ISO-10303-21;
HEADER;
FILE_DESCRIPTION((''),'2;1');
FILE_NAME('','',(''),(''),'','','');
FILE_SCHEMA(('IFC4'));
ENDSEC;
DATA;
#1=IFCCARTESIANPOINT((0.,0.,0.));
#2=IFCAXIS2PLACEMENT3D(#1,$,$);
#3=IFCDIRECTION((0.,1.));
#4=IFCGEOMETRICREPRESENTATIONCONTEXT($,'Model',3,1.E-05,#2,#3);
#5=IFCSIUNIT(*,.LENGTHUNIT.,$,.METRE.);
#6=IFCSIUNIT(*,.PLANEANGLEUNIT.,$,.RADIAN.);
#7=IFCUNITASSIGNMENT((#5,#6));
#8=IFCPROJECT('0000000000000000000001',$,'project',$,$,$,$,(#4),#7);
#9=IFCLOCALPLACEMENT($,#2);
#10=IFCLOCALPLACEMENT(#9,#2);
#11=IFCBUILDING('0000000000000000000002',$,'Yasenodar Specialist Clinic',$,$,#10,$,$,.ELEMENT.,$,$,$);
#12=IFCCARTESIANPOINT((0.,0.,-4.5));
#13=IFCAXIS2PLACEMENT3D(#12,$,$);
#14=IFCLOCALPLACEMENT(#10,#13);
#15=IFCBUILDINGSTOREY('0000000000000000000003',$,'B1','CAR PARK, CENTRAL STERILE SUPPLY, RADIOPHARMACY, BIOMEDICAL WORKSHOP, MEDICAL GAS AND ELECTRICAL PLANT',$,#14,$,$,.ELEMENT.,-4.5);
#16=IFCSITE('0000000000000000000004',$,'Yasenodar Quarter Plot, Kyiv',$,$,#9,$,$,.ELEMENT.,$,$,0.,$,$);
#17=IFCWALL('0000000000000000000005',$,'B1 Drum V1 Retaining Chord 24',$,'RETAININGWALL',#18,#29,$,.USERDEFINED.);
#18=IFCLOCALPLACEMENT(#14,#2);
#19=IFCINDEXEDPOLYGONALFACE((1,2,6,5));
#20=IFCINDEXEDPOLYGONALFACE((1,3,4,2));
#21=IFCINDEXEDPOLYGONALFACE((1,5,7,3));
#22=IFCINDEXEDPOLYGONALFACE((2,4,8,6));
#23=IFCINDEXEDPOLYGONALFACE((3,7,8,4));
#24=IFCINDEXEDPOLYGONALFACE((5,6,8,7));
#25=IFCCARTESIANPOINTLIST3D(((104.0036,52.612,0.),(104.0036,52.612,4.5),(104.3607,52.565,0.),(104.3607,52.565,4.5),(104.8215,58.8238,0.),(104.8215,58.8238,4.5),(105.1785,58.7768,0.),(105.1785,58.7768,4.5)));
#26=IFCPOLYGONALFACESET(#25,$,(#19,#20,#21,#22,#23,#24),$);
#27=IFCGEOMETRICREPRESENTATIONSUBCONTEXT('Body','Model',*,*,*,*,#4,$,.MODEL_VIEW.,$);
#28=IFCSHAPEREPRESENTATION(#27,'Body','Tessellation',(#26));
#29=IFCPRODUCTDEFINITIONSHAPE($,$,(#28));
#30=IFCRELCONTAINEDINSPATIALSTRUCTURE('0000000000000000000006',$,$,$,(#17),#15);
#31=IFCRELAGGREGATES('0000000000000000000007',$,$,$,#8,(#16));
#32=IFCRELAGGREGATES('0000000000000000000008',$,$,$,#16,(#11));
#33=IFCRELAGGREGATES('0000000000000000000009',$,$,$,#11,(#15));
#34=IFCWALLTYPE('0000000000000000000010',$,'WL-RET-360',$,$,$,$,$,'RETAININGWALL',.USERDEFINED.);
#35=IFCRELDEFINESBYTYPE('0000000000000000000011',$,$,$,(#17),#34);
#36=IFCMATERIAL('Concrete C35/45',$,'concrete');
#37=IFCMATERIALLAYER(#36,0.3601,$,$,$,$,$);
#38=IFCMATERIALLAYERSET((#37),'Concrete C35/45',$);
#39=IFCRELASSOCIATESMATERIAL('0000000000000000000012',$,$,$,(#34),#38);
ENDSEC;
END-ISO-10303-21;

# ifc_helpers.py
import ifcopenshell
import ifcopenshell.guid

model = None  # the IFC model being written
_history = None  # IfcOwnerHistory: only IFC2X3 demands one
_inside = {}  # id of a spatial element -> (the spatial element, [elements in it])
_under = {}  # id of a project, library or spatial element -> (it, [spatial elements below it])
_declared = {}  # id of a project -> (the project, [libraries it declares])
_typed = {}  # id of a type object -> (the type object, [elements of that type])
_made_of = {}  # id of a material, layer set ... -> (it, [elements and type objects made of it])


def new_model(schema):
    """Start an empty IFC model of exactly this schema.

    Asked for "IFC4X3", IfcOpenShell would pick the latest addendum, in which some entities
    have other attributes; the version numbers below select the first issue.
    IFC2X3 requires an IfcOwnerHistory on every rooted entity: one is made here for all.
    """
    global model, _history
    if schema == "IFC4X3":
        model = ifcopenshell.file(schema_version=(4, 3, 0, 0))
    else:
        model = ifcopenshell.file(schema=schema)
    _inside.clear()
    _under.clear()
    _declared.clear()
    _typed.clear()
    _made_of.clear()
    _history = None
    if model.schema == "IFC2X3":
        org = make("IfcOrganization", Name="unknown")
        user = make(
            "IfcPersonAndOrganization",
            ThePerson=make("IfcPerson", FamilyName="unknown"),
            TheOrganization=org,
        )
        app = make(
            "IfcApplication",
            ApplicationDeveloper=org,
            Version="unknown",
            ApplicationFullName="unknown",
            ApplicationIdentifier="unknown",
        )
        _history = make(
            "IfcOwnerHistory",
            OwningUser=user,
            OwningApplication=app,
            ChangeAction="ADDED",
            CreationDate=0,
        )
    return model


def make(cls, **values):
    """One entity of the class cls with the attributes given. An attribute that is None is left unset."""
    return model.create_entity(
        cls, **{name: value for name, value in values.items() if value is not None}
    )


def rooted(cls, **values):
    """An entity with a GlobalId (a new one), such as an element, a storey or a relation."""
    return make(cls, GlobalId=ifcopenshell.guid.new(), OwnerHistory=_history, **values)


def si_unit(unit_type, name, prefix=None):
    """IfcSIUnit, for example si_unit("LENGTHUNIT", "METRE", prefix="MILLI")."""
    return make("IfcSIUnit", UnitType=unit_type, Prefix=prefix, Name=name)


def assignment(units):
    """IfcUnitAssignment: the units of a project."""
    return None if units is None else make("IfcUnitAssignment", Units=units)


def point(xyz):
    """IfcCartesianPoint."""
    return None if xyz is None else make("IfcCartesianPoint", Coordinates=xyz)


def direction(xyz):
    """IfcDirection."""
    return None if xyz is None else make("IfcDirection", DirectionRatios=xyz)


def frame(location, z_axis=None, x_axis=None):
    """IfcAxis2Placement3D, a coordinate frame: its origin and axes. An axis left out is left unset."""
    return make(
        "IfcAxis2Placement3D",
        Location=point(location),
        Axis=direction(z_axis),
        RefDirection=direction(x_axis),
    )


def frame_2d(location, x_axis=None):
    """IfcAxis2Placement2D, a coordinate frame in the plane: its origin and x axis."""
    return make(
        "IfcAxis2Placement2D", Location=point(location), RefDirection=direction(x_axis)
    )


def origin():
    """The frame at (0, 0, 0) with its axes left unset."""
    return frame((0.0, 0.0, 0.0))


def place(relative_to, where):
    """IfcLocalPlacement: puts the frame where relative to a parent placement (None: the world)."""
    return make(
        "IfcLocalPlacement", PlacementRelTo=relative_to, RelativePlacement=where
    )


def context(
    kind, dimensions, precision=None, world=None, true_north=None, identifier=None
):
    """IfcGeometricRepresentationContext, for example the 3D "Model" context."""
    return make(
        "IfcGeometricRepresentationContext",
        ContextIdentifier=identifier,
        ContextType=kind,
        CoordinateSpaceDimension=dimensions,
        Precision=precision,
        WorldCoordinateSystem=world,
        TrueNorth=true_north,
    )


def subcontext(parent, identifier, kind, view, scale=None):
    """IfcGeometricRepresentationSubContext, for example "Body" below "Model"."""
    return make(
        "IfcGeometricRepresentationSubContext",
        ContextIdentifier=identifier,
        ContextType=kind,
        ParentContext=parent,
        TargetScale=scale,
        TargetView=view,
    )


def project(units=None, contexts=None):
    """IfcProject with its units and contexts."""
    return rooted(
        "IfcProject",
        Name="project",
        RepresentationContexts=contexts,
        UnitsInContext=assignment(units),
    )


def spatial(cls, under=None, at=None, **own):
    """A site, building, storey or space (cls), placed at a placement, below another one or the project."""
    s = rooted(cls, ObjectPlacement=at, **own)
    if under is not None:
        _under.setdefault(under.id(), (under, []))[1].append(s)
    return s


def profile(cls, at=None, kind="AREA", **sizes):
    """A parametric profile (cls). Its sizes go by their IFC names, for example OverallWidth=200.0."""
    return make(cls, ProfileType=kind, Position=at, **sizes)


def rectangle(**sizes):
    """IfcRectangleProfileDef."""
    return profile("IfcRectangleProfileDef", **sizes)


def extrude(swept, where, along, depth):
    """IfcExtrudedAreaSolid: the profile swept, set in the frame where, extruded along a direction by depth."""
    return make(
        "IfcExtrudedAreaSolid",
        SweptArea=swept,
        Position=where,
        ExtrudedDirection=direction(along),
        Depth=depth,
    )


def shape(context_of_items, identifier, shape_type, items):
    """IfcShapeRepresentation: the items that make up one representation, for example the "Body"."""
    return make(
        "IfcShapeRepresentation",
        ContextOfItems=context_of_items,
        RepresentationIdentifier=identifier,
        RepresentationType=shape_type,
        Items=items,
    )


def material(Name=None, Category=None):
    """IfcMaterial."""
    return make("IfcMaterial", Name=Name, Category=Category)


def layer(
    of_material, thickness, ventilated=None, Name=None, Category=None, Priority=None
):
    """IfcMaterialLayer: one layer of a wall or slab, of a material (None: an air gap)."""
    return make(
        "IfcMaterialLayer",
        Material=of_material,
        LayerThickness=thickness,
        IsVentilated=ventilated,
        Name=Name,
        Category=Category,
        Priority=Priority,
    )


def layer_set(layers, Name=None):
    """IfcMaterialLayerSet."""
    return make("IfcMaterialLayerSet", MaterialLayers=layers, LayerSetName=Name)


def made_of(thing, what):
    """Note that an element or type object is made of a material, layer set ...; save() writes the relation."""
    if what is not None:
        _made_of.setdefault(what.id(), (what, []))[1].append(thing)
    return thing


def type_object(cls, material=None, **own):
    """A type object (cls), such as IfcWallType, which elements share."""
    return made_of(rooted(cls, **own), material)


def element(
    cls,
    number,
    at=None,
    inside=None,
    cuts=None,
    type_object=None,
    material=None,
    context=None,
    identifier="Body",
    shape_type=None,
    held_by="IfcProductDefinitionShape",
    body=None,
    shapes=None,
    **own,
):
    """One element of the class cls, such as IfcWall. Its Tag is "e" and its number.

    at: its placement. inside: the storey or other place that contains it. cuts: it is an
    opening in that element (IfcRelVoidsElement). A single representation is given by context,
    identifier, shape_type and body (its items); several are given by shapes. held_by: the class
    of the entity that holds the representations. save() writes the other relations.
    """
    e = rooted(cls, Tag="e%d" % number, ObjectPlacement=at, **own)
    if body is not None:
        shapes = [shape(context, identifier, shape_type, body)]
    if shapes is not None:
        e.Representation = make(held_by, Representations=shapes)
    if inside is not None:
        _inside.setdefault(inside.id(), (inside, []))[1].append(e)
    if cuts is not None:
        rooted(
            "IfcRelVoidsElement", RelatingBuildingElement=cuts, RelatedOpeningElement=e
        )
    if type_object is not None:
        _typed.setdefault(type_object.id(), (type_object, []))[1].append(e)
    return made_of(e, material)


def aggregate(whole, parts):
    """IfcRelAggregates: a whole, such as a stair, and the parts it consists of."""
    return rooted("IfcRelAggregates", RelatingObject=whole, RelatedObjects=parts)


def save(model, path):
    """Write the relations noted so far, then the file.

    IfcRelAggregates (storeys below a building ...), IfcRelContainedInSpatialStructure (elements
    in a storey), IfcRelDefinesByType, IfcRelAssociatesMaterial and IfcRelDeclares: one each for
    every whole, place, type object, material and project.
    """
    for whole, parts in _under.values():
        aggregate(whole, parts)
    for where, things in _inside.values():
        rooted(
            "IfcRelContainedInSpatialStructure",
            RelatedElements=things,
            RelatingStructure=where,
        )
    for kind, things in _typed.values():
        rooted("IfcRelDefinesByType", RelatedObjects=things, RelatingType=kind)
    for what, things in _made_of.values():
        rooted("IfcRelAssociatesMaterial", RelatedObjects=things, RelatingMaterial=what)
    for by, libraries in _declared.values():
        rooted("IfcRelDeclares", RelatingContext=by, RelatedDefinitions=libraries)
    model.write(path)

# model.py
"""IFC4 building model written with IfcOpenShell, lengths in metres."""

from ifc_helpers import new_model, si_unit, direction, frame, frame_2d, origin, place, context, subcontext, project, spatial, rectangle, extrude, material, layer, layer_set, type_object, element, save


model = new_model("IFC4")

# Units and contexts
model_context = context("Model", 3, precision=1e-05, world=origin(), true_north=direction((0.0, 1.0)))
body_context = subcontext(model_context, "Body", "Model", "MODEL_VIEW")
ifc_project = project(units=[si_unit("LENGTHUNIT", "METRE"), si_unit("PLANEANGLEUNIT", "RADIAN")], contexts=[model_context])

# Site, building, storey
site_placement = place(None, origin())
site = spatial("IfcSite", under=ifc_project, at=site_placement, Name="Yasenodar Quarter Plot, Kyiv", CompositionType="ELEMENT", RefElevation=0.0)
building_placement = place(site_placement, origin())
building = spatial("IfcBuilding", under=site, at=building_placement, Name="Yasenodar Specialist Clinic", CompositionType="ELEMENT")
storey_placement = place(building_placement, frame((0.0, 0.0, -4.5)))
storey = spatial("IfcBuildingStorey", under=building, at=storey_placement, Name="B1", Description="CAR PARK, CENTRAL STERILE SUPPLY, RADIOPHARMACY, BIOMEDICAL WORKSHOP, MEDICAL GAS AND ELECTRICAL PLANT", CompositionType="ELEMENT", Elevation=-4.5)

# Shared definitions
ifc_material_1 = material(Name="Concrete C35/45", Category="concrete")

# Wall
ifc_layer_1 = layer(ifc_material_1, 0.3601)
ifc_layer_set_1 = layer_set([ifc_layer_1], Name="Concrete C35/45")
wall_type_1 = type_object("IfcWallType", Name="WL-RET-360", ElementType="RETAININGWALL", PredefinedType="USERDEFINED", material=ifc_layer_set_1)
wall_1_placement = place(storey_placement, frame((104.1821, 52.5884, 0.0), z_axis=(0.0, 0.0, 1.0), x_axis=(0.13054, 0.991443, 0.0)))
element("IfcWall", 1, at=wall_1_placement, inside=storey, type_object=wall_type_1, Name="B1 Drum V1 Retaining Chord 24", ObjectType="RETAININGWALL", PredefinedType="USERDEFINED", context=body_context, shape_type="SweptSolid", body=[
    extrude(rectangle(XDim=6.2654, YDim=0.3601, at=frame_2d((3.1328, 0.0))), origin(), (0.0, 0.0, 1.0), 4.5),
])

save(model, "model.ifc")
